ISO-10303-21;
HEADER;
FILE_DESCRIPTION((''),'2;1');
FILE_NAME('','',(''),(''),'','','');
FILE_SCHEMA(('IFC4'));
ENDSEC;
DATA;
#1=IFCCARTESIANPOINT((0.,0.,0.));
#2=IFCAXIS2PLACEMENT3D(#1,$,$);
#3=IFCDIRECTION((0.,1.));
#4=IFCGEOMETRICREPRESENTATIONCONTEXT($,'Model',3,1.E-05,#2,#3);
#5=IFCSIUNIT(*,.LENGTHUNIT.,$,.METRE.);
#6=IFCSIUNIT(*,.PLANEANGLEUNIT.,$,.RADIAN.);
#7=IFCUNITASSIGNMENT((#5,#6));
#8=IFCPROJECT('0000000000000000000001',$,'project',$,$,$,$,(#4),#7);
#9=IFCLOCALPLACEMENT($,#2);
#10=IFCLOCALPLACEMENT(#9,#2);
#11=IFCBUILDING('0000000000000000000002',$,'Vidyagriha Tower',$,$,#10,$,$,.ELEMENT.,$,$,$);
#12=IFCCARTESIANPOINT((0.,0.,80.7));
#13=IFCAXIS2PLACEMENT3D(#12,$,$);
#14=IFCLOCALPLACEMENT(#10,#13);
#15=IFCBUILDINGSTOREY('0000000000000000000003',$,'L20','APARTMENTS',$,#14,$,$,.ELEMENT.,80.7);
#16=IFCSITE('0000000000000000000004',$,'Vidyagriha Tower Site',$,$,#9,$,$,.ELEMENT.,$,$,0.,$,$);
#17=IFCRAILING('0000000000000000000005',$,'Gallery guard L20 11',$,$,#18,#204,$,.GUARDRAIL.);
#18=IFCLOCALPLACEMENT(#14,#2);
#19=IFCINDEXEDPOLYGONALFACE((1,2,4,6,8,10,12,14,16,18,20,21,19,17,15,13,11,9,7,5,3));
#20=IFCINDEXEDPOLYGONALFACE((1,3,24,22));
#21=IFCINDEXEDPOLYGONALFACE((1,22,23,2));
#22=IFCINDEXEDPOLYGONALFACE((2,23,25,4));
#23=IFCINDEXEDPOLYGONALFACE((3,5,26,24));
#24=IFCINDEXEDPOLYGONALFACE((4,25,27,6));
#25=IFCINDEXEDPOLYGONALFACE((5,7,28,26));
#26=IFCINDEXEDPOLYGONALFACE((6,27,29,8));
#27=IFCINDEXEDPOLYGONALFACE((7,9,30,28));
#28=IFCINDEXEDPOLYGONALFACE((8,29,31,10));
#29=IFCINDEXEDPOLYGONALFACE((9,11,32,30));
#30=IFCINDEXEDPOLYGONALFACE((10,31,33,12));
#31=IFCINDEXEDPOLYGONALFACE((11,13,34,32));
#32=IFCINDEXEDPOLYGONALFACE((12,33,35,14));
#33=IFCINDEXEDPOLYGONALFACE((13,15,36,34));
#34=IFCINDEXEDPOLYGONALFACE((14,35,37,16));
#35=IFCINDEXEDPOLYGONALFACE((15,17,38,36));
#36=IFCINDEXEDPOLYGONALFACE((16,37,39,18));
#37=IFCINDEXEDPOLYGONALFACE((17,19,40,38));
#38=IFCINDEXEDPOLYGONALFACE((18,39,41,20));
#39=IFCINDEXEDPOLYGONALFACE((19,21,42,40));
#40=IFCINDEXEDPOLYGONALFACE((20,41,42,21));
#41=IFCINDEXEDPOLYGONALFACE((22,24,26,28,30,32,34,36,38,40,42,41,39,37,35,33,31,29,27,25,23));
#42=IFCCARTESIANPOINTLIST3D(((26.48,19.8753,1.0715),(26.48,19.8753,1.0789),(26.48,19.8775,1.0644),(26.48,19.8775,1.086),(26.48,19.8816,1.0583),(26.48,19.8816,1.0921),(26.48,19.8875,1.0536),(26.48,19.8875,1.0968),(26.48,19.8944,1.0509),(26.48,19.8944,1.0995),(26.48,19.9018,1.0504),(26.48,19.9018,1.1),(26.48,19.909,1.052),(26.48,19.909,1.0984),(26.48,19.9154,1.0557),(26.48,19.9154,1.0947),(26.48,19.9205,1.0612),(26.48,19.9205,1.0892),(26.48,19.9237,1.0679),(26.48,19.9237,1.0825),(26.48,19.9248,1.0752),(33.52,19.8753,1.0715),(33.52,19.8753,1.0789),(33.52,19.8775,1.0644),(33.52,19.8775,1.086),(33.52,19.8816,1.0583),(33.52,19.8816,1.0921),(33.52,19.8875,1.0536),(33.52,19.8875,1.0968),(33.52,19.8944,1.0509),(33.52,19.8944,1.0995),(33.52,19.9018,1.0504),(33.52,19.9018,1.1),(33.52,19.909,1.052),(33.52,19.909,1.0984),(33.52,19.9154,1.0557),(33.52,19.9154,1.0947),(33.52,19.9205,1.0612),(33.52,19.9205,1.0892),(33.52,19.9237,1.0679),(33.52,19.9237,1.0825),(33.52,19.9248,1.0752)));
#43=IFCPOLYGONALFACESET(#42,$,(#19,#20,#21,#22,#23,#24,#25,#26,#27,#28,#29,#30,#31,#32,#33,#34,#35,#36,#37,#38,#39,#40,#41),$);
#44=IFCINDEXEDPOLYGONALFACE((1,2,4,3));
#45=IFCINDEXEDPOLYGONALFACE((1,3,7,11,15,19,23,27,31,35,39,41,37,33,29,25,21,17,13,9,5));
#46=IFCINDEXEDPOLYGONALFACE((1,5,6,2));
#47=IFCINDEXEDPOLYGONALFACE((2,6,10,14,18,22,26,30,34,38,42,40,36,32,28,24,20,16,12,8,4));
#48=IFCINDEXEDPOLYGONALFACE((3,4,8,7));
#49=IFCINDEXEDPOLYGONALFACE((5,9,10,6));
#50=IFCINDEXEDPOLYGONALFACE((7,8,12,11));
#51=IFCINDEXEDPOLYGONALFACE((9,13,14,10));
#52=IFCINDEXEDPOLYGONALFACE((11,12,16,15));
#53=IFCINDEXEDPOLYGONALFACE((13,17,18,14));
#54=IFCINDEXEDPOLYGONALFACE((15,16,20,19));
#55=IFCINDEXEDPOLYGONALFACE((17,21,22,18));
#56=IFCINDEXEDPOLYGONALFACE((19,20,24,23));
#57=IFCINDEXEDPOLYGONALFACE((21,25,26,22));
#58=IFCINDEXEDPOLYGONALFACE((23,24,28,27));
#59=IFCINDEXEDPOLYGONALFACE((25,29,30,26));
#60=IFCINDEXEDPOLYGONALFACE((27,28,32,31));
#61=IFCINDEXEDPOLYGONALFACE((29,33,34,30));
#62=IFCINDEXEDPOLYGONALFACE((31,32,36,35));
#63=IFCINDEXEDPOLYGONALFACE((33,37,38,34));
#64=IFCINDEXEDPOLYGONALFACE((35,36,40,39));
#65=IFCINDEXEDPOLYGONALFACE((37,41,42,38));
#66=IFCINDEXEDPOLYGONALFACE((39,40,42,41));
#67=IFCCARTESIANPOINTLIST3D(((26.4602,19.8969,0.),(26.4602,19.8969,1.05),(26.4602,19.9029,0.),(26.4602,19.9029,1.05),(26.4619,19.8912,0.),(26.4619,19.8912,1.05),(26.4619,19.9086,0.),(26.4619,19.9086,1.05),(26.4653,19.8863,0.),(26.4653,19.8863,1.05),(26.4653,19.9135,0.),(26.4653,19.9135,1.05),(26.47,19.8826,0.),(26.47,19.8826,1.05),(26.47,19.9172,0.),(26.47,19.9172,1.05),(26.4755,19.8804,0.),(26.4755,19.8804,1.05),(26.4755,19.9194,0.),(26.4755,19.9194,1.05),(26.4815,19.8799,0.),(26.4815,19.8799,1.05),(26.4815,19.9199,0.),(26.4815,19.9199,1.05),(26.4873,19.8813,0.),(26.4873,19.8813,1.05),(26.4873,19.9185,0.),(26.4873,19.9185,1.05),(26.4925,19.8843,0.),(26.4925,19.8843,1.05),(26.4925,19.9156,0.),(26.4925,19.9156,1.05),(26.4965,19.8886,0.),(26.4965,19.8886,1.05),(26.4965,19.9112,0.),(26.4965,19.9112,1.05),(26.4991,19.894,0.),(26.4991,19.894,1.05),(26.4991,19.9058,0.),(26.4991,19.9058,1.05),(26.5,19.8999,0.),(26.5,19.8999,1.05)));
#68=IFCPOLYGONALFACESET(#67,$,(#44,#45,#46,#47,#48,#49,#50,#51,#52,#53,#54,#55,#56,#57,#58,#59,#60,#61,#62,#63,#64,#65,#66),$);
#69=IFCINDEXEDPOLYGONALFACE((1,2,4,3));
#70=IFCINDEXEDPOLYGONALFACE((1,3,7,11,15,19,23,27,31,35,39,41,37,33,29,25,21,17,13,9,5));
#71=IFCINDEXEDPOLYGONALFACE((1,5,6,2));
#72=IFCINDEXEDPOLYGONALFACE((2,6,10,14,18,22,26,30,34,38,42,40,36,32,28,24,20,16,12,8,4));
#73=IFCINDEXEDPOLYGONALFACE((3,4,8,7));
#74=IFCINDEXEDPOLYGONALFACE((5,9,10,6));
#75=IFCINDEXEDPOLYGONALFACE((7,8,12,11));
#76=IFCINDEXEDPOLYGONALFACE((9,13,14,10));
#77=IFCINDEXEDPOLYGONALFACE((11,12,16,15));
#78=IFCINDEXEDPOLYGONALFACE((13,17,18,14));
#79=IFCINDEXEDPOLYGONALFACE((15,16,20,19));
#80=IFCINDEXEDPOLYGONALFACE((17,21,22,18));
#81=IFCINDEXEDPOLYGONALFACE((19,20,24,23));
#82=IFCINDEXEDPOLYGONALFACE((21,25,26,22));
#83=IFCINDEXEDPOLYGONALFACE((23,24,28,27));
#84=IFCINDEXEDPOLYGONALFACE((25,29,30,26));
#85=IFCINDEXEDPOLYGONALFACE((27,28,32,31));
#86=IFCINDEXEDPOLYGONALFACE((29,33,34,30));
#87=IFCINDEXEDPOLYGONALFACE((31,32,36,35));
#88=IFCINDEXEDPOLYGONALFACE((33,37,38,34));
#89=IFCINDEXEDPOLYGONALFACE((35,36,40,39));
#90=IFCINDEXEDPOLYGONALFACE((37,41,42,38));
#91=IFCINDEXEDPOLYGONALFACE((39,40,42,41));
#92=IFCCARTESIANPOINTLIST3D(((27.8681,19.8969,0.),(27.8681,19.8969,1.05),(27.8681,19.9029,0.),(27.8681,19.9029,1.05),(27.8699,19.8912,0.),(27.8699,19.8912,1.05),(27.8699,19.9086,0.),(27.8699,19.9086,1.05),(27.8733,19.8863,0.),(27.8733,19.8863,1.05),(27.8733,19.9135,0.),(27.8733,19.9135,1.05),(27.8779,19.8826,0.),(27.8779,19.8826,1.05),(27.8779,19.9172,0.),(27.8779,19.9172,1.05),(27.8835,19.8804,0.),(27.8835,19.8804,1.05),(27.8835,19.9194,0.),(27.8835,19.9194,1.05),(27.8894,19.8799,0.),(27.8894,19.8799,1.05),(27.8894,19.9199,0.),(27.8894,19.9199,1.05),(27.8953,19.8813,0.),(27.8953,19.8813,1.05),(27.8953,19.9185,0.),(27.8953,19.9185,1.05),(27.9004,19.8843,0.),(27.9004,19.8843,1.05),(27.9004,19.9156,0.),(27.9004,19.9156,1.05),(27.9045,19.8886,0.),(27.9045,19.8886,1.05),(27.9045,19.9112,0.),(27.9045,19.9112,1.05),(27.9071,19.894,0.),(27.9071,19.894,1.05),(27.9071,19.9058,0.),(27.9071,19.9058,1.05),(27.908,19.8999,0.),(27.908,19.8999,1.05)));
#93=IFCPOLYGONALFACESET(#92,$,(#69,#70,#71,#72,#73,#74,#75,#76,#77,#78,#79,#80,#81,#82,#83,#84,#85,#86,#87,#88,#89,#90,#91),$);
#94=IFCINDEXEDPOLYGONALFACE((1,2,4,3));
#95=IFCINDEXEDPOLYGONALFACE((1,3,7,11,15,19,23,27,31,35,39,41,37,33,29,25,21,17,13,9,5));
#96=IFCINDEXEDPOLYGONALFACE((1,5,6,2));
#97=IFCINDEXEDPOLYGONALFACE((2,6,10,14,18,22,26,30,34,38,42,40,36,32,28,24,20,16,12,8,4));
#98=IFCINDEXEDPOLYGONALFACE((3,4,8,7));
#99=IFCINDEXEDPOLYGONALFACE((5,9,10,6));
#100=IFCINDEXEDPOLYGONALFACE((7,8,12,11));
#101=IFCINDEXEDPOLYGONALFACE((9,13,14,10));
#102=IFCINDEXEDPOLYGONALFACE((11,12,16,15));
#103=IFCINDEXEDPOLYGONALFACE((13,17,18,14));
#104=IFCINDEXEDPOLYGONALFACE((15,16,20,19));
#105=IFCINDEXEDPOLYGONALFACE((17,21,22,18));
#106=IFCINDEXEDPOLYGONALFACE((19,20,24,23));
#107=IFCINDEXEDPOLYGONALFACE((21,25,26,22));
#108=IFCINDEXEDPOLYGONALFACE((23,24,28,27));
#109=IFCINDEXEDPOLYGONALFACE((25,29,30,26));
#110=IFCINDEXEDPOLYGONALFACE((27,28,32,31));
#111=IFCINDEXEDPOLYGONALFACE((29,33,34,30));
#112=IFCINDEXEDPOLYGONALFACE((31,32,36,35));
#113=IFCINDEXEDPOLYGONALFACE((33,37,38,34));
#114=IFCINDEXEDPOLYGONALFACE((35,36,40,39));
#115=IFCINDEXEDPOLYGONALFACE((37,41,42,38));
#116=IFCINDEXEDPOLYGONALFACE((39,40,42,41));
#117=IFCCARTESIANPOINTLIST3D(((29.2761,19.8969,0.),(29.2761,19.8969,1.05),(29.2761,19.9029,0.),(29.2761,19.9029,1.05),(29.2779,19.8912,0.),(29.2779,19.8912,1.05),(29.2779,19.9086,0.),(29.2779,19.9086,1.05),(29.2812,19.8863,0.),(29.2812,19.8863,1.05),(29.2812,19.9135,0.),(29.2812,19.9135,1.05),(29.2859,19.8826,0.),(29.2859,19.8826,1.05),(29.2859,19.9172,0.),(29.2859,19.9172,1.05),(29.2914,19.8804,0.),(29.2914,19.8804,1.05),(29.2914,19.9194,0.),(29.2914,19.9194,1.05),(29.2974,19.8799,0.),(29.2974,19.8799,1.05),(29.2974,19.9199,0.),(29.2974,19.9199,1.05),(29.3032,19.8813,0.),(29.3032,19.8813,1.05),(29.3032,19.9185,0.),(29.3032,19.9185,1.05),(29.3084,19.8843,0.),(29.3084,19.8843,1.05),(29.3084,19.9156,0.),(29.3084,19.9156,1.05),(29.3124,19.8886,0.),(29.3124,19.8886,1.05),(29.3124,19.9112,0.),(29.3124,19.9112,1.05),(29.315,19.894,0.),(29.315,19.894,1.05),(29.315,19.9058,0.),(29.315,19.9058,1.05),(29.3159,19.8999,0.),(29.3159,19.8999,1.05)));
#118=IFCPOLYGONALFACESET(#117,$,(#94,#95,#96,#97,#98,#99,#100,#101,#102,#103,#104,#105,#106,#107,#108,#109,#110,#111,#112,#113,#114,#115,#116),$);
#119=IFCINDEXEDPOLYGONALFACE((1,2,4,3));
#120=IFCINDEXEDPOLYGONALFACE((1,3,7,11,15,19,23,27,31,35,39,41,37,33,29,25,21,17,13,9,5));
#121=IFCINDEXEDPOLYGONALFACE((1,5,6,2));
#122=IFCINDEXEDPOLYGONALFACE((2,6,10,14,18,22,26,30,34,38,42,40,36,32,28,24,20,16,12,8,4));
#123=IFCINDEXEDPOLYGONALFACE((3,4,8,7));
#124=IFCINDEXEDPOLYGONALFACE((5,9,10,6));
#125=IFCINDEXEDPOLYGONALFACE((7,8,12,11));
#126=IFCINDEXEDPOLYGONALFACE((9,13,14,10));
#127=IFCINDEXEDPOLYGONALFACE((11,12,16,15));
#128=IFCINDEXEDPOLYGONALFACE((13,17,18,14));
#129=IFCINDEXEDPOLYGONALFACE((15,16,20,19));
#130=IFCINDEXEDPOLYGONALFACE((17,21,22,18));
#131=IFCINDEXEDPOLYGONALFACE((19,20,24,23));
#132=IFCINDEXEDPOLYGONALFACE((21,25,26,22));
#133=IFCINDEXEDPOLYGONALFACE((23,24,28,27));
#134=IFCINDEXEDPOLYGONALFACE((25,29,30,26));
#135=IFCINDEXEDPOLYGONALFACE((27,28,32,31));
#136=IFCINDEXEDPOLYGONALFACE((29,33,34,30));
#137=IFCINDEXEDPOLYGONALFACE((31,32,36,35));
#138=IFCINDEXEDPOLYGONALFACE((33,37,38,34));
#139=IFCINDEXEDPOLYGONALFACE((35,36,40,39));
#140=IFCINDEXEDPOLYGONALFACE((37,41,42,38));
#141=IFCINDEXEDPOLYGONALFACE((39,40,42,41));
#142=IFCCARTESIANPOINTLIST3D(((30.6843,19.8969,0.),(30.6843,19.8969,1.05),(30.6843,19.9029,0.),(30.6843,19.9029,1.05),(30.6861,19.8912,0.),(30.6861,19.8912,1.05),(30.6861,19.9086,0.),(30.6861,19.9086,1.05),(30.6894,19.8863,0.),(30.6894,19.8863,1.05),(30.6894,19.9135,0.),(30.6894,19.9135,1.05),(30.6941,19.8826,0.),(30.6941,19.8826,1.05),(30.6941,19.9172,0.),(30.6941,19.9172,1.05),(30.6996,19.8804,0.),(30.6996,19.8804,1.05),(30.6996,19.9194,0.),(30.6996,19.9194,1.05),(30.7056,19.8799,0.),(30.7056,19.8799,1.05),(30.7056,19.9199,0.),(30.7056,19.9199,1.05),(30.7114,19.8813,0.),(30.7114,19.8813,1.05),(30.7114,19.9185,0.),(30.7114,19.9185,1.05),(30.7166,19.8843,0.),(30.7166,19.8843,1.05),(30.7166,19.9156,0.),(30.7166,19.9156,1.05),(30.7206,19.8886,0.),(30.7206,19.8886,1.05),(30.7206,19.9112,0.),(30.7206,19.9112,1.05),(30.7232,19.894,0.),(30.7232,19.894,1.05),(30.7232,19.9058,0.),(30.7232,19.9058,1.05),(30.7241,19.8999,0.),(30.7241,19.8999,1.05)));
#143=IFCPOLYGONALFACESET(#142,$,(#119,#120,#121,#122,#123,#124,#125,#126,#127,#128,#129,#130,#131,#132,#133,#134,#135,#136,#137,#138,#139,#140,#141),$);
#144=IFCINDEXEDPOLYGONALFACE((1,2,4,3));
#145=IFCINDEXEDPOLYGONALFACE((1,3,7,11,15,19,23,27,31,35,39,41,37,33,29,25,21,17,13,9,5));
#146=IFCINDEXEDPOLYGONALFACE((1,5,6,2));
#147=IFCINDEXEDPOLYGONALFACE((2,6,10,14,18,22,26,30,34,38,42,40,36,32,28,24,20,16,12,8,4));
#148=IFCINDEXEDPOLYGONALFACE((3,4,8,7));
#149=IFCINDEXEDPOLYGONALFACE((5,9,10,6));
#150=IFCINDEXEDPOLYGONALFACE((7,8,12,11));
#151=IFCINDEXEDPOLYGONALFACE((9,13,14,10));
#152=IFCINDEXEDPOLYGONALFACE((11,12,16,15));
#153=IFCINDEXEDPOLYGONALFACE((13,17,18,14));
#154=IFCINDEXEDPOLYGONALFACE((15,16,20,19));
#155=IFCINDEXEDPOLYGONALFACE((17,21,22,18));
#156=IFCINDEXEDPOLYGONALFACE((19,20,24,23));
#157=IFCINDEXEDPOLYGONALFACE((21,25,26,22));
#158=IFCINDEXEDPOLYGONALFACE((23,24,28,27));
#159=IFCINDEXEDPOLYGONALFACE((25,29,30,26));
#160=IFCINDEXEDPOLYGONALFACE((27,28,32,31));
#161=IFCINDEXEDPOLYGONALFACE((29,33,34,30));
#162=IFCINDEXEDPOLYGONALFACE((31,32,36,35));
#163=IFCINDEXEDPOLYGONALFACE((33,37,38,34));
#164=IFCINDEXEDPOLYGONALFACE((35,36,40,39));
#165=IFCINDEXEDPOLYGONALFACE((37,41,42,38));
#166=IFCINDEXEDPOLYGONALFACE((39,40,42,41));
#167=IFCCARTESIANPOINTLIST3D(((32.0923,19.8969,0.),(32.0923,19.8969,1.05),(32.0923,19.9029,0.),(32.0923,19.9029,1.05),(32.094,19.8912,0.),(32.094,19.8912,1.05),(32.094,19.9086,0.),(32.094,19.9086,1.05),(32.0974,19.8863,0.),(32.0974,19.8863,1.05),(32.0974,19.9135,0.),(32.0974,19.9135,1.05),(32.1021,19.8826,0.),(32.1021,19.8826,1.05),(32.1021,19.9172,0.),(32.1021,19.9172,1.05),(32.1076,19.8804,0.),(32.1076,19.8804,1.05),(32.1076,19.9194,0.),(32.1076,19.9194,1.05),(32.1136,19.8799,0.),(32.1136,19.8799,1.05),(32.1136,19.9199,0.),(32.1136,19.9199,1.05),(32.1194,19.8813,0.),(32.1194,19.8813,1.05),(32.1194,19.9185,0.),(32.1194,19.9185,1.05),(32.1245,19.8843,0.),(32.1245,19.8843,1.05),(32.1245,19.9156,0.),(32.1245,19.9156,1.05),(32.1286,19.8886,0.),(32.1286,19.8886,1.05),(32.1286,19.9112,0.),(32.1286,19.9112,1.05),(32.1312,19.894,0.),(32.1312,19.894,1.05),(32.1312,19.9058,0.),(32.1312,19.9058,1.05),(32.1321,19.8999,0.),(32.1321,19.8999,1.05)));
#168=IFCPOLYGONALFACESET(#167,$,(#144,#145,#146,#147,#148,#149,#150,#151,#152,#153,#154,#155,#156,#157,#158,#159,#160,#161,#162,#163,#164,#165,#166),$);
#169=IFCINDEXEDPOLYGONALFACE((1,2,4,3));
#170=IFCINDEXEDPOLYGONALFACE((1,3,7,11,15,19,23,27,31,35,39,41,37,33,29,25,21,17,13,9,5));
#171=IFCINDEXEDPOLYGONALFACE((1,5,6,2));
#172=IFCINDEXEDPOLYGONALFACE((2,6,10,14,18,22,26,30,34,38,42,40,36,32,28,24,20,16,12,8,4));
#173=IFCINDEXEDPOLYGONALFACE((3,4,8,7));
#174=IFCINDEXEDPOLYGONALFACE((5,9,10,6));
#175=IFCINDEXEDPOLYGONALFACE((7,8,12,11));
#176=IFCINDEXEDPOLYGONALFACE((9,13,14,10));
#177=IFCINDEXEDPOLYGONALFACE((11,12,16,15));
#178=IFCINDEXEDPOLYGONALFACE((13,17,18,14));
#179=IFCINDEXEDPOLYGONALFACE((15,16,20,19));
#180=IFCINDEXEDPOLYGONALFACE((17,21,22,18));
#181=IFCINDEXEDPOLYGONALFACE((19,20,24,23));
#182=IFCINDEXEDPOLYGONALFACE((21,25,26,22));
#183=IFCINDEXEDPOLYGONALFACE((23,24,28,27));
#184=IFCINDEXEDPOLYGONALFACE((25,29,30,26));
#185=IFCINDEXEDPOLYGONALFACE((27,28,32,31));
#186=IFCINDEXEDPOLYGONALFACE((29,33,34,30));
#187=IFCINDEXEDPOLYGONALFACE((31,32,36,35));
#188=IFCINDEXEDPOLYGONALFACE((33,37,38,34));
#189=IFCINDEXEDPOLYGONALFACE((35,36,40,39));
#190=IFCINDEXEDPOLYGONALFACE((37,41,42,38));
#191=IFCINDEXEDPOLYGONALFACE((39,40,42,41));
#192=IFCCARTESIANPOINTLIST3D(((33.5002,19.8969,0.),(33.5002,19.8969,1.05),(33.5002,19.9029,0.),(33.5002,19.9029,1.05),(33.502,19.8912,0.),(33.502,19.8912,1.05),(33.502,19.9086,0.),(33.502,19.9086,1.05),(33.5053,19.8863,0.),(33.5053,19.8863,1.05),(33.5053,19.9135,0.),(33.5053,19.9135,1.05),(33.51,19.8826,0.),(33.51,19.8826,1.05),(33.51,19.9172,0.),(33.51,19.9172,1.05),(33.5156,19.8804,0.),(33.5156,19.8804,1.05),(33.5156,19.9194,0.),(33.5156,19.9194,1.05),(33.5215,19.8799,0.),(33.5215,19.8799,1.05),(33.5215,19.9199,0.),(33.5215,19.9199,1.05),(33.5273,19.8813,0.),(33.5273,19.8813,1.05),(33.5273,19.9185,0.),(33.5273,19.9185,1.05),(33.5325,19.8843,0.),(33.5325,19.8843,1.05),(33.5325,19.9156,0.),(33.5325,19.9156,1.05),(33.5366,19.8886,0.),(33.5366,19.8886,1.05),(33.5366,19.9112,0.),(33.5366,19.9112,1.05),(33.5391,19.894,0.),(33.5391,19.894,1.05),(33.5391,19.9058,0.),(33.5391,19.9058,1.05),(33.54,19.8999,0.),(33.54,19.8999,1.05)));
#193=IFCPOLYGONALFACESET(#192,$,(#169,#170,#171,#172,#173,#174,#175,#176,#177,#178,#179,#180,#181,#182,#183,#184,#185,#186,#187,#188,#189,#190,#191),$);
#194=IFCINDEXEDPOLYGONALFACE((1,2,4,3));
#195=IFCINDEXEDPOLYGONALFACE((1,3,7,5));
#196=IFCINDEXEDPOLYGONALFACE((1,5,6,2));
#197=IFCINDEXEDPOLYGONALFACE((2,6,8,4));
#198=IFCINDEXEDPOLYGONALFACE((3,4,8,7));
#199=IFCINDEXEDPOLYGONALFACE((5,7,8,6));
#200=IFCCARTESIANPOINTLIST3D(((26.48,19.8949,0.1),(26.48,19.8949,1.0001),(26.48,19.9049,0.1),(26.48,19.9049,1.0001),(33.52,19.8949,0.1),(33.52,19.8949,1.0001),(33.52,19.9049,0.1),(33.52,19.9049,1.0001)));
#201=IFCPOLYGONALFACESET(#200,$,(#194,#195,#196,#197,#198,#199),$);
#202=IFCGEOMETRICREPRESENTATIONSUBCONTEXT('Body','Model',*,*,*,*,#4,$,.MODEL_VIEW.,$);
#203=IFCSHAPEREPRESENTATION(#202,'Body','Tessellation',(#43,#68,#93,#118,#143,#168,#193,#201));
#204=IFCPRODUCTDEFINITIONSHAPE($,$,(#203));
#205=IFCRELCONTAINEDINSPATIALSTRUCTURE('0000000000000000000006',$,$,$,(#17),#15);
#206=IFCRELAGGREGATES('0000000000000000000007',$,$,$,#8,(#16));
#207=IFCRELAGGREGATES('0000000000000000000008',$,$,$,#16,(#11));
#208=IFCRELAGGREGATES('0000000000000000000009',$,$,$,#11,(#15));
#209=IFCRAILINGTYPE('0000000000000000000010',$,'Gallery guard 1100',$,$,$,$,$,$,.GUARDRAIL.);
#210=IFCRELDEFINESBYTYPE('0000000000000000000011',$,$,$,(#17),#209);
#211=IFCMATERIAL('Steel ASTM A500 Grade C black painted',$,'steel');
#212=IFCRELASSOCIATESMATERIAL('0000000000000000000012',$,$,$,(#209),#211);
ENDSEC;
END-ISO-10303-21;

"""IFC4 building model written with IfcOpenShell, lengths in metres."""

from ifc_helpers import new_model, si_unit, direction, frame, origin, origin_2d, place, context, subcontext, project, spatial, rectangle, circle, extrude, material, type_object, element, save


model = new_model("IFC4")

# Units and contexts
model_context = context("Model", 3, precision=1e-05, world=origin(), true_north=direction((0.0, 1.0)))
body_context = subcontext(model_context, "Body", "Model", "MODEL_VIEW")
ifc_project = project(units=[si_unit("LENGTHUNIT", "METRE"), si_unit("PLANEANGLEUNIT", "RADIAN")], contexts=[model_context])

# Site, building, storey
site_placement = place(None, origin())
site = spatial("IfcSite", under=ifc_project, at=site_placement, Name="Vidyagriha Tower Site", CompositionType="ELEMENT", RefElevation=0.0)
building_placement = place(site_placement, origin())
building = spatial("IfcBuilding", under=site, at=building_placement, Name="Vidyagriha Tower", CompositionType="ELEMENT")
storey_placement = place(building_placement, frame((0.0, 0.0, 80.7)))
storey = spatial("IfcBuildingStorey", under=building, at=storey_placement, Name="L20", Description="APARTMENTS", CompositionType="ELEMENT", Elevation=80.7)

# Railing
ifc_material_1 = material(Name="Steel ASTM A500 Grade C black painted", Category="steel")
railing_type = type_object("IfcRailingType", Name="Gallery guard 1100", PredefinedType="GUARDRAIL", material=ifc_material_1)
for number, where, name in (
    (1, (26.48, 19.8999, 0.0), "Gallery guard L20 11"),
):
    element("IfcRailing", number, at=place(storey_placement, frame(where)), inside=storey, type_object=railing_type, Name=name, PredefinedType="GUARDRAIL", context=body_context, shape_type="SweptSolid", body=[
        extrude(circle(Radius=0.0249, at=origin_2d()), frame((0.0, 0.0, 1.0752), z_axis=(1.0, 0.0, 0.0), x_axis=(0.0, 1.0, 0.0)), (0.0, 0.0, 1.0), 7.04),
        extrude(circle(Radius=0.02, at=origin_2d()), origin(), (0.0, 0.0, 1.0), 1.05),
        extrude(circle(Radius=0.02, at=origin_2d()), frame((1.408, 0.0, 0.0)), (0.0, 0.0, 1.0), 1.05),
        extrude(circle(Radius=0.02, at=origin_2d()), frame((2.8159, 0.0, 0.0)), (0.0, 0.0, 1.0), 1.05),
        extrude(circle(Radius=0.02, at=origin_2d()), frame((4.2241, 0.0, 0.0)), (0.0, 0.0, 1.0), 1.05),
        extrude(circle(Radius=0.02, at=origin_2d()), frame((5.6321, 0.0, 0.0)), (0.0, 0.0, 1.0), 1.05),
        extrude(circle(Radius=0.02, at=origin_2d()), frame((7.04, 0.0, 0.0)), (0.0, 0.0, 1.0), 1.05),
        extrude(rectangle(XDim=0.01, YDim=0.9001, at=origin_2d()), frame((0.0, 0.0, 0.55), z_axis=(1.0, 0.0, 0.0), x_axis=(0.0, 1.0, 0.0)), (0.0, 0.0, 1.0), 7.04),
    ])

save(model, "model.ifc")
